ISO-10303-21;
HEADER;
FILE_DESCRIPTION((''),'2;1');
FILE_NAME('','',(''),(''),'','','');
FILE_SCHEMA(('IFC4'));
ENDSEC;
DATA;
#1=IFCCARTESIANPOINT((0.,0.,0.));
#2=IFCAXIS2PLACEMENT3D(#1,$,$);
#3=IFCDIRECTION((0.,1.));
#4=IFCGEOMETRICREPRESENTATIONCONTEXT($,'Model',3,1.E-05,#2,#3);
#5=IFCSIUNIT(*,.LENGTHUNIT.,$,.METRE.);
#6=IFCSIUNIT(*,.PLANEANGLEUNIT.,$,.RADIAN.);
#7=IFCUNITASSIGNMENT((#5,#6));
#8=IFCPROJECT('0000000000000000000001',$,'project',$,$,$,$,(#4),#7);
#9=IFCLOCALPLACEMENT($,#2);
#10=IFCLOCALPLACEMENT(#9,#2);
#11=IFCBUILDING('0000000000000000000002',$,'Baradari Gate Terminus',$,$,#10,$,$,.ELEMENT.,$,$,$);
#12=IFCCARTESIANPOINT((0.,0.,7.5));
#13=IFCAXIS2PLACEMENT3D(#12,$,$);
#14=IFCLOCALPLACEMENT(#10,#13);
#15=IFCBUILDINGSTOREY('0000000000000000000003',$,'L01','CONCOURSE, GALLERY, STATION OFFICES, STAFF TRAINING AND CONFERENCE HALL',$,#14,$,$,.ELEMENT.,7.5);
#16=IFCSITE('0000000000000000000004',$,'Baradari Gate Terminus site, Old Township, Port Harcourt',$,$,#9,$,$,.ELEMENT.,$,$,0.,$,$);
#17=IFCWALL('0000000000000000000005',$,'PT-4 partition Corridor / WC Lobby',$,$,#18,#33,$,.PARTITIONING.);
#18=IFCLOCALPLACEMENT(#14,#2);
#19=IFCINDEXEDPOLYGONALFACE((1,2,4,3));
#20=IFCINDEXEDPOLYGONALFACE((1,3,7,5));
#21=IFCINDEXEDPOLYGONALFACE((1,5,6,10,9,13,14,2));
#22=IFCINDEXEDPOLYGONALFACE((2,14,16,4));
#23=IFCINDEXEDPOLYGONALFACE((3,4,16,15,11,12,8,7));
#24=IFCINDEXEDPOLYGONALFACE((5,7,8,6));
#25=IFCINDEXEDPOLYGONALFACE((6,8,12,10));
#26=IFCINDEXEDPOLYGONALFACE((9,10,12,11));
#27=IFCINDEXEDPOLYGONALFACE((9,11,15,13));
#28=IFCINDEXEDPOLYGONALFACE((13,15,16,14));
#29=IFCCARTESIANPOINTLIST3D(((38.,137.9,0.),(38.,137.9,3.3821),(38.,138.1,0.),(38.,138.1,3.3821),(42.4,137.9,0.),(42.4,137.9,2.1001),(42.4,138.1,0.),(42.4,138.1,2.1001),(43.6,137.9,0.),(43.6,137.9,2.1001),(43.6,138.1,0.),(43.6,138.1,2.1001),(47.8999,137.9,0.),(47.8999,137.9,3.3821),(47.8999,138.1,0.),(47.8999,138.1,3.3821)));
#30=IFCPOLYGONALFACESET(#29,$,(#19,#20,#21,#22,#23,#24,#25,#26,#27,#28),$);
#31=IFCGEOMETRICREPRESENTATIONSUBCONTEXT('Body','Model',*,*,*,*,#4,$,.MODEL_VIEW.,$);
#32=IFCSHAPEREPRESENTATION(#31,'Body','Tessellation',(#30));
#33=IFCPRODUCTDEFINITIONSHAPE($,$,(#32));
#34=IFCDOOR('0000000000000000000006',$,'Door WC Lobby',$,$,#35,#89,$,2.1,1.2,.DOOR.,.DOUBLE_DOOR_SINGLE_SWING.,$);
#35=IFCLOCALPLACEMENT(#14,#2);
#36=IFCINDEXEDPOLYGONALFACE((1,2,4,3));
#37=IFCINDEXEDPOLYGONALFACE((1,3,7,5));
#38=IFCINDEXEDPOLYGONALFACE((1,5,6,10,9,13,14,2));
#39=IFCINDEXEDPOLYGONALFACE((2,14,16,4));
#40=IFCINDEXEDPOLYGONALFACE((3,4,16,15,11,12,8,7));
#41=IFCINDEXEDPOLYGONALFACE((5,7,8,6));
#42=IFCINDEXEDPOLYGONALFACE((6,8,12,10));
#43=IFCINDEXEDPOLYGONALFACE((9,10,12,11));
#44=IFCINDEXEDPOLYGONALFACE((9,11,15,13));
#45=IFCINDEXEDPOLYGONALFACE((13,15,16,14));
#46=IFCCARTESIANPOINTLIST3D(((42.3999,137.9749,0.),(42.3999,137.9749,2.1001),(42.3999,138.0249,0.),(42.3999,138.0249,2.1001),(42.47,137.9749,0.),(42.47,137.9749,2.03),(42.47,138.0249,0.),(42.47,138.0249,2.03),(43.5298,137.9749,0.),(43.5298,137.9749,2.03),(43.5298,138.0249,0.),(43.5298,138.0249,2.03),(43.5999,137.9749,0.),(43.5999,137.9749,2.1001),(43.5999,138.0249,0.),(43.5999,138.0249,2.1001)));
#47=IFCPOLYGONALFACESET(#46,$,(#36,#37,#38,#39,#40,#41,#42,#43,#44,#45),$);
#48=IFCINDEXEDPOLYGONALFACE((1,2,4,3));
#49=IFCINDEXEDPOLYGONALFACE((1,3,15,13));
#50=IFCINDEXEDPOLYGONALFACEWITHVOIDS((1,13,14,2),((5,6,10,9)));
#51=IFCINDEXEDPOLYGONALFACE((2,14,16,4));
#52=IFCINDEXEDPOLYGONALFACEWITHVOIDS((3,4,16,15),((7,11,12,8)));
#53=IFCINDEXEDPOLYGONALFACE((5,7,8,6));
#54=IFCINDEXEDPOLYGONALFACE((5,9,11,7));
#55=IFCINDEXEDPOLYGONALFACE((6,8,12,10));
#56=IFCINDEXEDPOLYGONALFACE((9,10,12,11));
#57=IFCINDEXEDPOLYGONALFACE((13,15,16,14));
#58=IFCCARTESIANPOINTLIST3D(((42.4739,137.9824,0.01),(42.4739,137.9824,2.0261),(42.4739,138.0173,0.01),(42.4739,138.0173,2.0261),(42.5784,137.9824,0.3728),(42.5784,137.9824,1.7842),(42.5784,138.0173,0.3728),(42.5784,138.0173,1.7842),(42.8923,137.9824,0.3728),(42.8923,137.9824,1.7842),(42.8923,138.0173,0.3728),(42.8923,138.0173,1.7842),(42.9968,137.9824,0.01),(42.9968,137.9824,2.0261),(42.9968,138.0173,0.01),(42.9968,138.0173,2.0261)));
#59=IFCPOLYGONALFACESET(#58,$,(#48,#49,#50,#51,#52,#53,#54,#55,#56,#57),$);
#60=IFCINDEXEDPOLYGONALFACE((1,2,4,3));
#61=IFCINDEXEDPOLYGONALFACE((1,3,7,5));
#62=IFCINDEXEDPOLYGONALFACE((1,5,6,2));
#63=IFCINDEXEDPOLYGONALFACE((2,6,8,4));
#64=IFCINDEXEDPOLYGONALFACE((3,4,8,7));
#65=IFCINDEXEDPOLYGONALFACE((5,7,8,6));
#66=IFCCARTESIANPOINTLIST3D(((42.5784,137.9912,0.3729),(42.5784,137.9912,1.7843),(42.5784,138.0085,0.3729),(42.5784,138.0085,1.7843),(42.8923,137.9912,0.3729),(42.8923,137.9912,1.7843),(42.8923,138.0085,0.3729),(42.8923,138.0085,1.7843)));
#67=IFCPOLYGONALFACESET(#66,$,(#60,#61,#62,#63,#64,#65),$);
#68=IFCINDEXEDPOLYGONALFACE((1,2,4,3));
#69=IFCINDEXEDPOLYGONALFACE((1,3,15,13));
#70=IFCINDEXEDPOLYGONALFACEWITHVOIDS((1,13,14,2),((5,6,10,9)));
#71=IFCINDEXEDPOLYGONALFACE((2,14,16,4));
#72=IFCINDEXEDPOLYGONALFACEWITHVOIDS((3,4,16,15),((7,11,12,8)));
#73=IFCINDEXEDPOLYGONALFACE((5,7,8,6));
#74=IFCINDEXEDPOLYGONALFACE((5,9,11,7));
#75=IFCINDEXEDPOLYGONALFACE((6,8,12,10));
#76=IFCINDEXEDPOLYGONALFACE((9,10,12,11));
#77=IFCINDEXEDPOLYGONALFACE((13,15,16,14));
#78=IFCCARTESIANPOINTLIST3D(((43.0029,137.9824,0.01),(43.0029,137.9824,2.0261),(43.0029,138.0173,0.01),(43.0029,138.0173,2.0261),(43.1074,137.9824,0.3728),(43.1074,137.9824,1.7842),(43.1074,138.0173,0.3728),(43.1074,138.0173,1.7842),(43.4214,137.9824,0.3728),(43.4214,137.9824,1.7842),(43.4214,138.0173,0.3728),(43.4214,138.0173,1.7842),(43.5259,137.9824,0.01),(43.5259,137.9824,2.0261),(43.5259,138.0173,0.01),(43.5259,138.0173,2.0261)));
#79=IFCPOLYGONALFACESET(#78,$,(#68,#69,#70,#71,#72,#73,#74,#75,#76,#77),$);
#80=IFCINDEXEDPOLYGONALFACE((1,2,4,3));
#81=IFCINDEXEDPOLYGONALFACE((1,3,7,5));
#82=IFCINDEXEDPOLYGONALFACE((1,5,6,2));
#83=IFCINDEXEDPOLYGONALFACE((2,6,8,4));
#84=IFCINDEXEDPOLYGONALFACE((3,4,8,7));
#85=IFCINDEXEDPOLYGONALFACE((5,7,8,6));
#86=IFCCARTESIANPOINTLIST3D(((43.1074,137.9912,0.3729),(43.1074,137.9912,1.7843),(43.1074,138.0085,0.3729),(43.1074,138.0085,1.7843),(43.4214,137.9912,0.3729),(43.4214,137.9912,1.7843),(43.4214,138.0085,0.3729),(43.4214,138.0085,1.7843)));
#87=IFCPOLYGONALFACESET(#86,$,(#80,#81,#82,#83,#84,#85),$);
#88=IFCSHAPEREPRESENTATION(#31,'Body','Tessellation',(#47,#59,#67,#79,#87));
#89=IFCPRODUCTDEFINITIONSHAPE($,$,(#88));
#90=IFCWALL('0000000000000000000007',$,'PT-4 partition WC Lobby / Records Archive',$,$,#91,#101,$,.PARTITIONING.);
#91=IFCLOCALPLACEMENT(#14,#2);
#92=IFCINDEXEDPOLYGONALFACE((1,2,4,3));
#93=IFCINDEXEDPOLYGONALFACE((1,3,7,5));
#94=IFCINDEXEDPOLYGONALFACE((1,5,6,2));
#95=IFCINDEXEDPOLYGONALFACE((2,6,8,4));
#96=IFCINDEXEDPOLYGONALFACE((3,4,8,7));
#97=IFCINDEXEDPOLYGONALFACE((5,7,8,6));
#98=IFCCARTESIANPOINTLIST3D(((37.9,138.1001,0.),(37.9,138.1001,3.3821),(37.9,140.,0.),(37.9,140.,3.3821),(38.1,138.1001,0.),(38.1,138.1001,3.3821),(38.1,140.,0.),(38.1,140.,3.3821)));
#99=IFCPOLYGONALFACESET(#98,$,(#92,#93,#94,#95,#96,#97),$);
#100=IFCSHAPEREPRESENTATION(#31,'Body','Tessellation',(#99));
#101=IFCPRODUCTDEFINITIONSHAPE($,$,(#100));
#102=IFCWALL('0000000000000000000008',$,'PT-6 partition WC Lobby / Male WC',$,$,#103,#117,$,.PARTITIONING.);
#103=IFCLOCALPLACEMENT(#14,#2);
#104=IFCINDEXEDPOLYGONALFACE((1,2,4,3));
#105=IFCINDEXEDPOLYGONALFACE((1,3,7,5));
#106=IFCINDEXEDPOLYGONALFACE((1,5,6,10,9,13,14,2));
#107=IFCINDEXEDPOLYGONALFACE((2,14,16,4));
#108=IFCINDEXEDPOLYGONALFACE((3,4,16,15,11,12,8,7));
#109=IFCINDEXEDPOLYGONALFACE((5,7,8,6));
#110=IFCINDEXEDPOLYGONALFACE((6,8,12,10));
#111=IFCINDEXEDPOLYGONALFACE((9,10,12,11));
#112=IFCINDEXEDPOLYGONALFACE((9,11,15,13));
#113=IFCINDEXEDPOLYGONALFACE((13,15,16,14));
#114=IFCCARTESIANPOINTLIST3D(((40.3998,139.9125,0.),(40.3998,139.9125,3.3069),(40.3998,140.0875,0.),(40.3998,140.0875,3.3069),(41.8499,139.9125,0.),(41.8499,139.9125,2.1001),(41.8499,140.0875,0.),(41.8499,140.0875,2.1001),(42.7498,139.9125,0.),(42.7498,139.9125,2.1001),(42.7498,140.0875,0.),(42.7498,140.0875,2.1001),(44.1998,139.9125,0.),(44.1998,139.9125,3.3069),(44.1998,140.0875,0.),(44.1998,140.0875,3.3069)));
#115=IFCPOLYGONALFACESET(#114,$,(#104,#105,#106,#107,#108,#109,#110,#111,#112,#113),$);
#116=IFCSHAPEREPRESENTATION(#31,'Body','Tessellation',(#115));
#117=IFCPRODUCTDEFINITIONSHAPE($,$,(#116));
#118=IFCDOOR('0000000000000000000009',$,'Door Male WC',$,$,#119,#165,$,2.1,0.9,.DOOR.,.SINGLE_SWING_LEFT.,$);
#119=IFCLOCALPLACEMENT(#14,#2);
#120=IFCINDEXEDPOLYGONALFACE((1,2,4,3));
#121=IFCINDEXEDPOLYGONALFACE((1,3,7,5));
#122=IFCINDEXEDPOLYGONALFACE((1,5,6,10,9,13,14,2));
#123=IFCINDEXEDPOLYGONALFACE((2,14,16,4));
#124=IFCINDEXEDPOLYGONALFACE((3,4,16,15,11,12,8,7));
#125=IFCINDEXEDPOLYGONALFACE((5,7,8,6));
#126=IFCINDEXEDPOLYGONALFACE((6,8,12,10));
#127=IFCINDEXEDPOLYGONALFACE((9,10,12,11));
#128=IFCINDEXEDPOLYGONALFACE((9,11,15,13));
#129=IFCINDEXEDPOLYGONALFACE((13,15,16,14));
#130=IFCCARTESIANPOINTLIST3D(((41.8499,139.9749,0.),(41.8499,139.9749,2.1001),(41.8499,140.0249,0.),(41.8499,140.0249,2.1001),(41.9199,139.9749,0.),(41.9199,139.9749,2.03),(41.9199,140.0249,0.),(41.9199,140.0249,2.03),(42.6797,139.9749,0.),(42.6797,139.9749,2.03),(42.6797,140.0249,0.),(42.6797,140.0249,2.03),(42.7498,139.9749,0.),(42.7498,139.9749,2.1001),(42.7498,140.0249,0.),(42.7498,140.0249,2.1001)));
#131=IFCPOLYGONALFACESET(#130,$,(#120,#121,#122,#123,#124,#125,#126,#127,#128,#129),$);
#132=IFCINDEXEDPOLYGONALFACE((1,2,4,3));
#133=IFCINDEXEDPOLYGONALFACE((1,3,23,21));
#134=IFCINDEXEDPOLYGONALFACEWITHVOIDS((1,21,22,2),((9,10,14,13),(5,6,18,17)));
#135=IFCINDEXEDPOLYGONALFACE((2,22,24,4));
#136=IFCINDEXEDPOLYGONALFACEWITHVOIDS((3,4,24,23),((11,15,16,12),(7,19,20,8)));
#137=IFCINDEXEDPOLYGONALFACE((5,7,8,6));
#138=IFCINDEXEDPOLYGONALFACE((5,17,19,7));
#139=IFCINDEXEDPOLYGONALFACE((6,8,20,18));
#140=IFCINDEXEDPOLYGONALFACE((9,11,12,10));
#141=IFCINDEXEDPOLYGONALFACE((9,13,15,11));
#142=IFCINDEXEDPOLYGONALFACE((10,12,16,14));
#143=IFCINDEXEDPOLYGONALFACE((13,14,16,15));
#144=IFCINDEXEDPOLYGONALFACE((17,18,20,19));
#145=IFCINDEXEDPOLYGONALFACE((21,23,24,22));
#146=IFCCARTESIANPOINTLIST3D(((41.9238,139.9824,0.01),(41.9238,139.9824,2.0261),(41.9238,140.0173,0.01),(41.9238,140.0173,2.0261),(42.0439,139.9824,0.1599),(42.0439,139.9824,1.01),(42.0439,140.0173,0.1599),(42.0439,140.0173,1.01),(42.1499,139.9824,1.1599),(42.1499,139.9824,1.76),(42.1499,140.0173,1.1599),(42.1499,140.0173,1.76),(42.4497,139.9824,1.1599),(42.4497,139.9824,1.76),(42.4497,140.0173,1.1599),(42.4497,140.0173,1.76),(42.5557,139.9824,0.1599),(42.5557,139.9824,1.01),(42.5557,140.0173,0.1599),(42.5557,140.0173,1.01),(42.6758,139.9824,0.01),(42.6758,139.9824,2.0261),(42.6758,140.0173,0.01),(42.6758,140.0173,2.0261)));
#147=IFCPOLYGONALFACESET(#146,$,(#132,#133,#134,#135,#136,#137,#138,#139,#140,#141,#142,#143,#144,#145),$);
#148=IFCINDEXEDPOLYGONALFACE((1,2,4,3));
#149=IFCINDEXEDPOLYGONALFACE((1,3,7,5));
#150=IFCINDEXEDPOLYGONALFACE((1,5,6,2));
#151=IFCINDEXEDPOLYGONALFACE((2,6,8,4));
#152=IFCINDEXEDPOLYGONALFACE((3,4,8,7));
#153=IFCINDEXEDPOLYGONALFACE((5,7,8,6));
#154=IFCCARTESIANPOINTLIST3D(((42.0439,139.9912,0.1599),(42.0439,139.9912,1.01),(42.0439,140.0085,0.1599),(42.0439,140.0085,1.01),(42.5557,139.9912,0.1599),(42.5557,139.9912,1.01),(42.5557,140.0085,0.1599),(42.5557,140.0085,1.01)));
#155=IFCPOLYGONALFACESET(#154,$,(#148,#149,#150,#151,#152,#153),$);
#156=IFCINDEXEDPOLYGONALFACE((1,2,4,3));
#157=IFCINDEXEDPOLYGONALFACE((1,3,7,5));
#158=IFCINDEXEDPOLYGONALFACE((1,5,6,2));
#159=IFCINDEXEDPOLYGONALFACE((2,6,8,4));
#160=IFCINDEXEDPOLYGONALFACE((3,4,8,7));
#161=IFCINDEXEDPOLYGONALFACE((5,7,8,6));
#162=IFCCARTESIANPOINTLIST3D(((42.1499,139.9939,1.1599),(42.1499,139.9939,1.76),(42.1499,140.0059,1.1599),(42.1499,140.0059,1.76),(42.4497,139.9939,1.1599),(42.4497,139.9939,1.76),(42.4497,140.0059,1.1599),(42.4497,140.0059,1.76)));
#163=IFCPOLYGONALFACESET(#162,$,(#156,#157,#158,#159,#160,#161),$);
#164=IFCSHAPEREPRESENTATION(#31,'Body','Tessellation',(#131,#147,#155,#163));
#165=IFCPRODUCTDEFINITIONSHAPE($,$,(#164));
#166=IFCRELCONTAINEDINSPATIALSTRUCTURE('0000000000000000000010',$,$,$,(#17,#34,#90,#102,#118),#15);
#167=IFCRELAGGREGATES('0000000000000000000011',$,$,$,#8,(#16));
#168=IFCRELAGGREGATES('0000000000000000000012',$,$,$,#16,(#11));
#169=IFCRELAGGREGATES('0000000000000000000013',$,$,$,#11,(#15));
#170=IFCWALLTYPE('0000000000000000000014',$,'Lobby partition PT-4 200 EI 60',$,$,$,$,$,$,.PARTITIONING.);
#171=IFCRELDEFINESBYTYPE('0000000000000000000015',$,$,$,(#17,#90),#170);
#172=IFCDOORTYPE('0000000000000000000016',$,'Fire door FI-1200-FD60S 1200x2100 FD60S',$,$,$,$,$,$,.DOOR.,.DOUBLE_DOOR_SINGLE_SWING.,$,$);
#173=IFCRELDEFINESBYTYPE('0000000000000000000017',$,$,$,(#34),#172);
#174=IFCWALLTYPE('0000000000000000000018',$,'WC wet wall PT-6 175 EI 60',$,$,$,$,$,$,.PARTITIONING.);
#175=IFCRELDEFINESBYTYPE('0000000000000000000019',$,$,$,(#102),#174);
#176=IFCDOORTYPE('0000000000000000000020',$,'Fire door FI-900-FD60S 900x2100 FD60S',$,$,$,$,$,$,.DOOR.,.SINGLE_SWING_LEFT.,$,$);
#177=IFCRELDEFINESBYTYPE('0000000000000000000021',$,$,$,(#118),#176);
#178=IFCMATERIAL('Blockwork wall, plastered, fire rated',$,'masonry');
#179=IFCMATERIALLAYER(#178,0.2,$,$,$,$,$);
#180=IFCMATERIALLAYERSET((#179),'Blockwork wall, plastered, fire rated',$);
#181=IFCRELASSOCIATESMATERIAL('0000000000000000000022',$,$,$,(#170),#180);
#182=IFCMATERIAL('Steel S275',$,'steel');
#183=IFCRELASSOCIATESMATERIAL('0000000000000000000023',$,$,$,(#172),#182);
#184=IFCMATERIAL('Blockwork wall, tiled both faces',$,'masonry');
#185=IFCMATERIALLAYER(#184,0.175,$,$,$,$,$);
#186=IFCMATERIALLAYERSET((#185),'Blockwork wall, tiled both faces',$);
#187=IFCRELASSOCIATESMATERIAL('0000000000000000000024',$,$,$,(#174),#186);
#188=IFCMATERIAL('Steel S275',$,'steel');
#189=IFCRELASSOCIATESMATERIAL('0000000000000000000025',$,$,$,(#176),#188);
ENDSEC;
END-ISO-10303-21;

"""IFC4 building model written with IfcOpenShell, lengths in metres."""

from ifc_helpers import new_model, si_unit, direction, frame, frame_2d, origin, place, context, subcontext, project, spatial, polyline, rectangle, outline, extrude, material, layer, layer_set, type_object, element, fill, save


model = new_model("IFC4")

# Units and contexts
model_context = context("Model", 3, precision=1e-05, world=origin(), true_north=direction((0.0, 1.0)))
body_context = subcontext(model_context, "Body", "Model", "MODEL_VIEW")
ifc_project = project(units=[si_unit("LENGTHUNIT", "METRE"), si_unit("PLANEANGLEUNIT", "RADIAN")], contexts=[model_context])

# Site, building, storey
site_placement = place(None, origin())
site = spatial("IfcSite", under=ifc_project, at=site_placement, Name="Baradari Gate Terminus site, Old Township, Port Harcourt", CompositionType="ELEMENT", RefElevation=0.0)
building_placement = place(site_placement, origin())
building = spatial("IfcBuilding", under=site, at=building_placement, Name="Baradari Gate Terminus", CompositionType="ELEMENT")
storey_placement = place(building_placement, frame((0.0, 0.0, 7.5)))
storey = spatial("IfcBuildingStorey", under=building, at=storey_placement, Name="L01", Description="CONCOURSE, GALLERY, STATION OFFICES, STAFF TRAINING AND CONFERENCE HALL", CompositionType="ELEMENT", Elevation=7.5)

# Wall, opening, door
ifc_material_1 = material(Name="Blockwork wall, plastered, fire rated", Category="masonry")
ifc_layer_1 = layer(ifc_material_1, 0.2)
ifc_layer_set_1 = layer_set([ifc_layer_1], Name="Blockwork wall, plastered, fire rated")
wall_type_1 = type_object("IfcWallType", Name="Lobby partition PT-4 200 EI 60", PredefinedType="PARTITIONING", material=ifc_layer_set_1)
wall_1_placement = place(storey_placement, frame((38.0, 138.0, 0.0), z_axis=(0.0, 0.0, 1.0), x_axis=(1.0, 0.0, 0.0)))
wall_1 = element("IfcWall", 1, at=wall_1_placement, inside=storey, type_object=wall_type_1, Name="PT-4 partition Corridor / WC Lobby", PredefinedType="PARTITIONING", context=body_context, shape_type="SweptSolid", body=[
    extrude(rectangle(XDim=9.8999, YDim=0.2, at=frame_2d((4.95, 0.0))), origin(), (0.0, 0.0, 1.0), 3.3821),
])
opening_1_placement = place(wall_1_placement, frame((4.3999, 0.0, 0.0)))
opening_1 = element("IfcOpeningElement", 2, at=opening_1_placement, cuts=wall_1, PredefinedType="OPENING", context=body_context, shape_type="SweptSolid", body=[
    extrude(rectangle(XDim=1.2, YDim=2.1001, at=frame_2d((0.6001, 1.05))), frame((0.0, 0.1099, 0.0), z_axis=(0.0, -1.0, 0.0), x_axis=(1.0, 0.0, 0.0)), (0.0, 0.0, 1.0), 0.22),
])
ifc_material_2 = material(Name="Steel S275", Category="steel")
door_type_1 = type_object("IfcDoorType", Name="Fire door FI-1200-FD60S 1200x2100 FD60S", OperationType="DOUBLE_DOOR_SINGLE_SWING", PredefinedType="DOOR", material=ifc_material_2)
door_1_placement = place(opening_1_placement, origin())
door_1 = element("IfcDoor", 3, at=door_1_placement, inside=storey, type_object=door_type_1, Name="Door WC Lobby", OperationType="DOUBLE_DOOR_SINGLE_SWING", OverallHeight=2.1, OverallWidth=1.2, PredefinedType="DOOR", context=body_context, shape_type="SweptSolid", body=[
    extrude(outline(polyline([(0.0, 0.0), (0.0701, 0.0), (0.0701, 2.03), (1.1299, 2.03), (1.1299, 0.0), (1.2, 0.0), (1.2, 2.1001), (0.0, 2.1001), (0.0, 0.0)])), frame((0.0, 0.0249, 0.0), z_axis=(0.0, -1.0, 0.0), x_axis=(1.0, 0.0, 0.0)), (0.0, 0.0, 1.0), 0.05),
    extrude(outline(polyline([(0.074, 0.01), (0.5969, 0.01), (0.5969, 2.0261), (0.074, 2.0261), (0.074, 0.01)]), holes=[polyline([(0.1785, 0.3728), (0.4924, 0.3728), (0.4924, 1.7842), (0.1785, 1.7842), (0.1785, 0.3728)])]), frame((0.0, 0.0173, 0.0), z_axis=(0.0, -1.0, 0.0), x_axis=(1.0, 0.0, 0.0)), (0.0, 0.0, 1.0), 0.0349),
    extrude(rectangle(XDim=0.314, YDim=1.4114, at=frame_2d((0.3354, 1.0786))), frame((0.0, 0.0085, 0.0), z_axis=(0.0, -1.0, 0.0), x_axis=(1.0, 0.0, 0.0)), (0.0, 0.0, 1.0), 0.0173),
    extrude(outline(polyline([(0.603, 0.01), (1.126, 0.01), (1.126, 2.0261), (0.603, 2.0261), (0.603, 0.01)]), holes=[polyline([(0.7075, 0.3728), (1.0215, 0.3728), (1.0215, 1.7842), (0.7075, 1.7842), (0.7075, 0.3728)])]), frame((0.0, 0.0173, 0.0), z_axis=(0.0, -1.0, 0.0), x_axis=(1.0, 0.0, 0.0)), (0.0, 0.0, 1.0), 0.0349),
    extrude(rectangle(XDim=0.314, YDim=1.4114, at=frame_2d((0.8645, 1.0786))), frame((0.0, 0.0085, 0.0), z_axis=(0.0, -1.0, 0.0), x_axis=(1.0, 0.0, 0.0)), (0.0, 0.0, 1.0), 0.0173),
])
fill(opening_1, door_1)

# Wall
wall_2_placement = place(storey_placement, frame((38.0, 138.1001, 0.0), z_axis=(0.0, 0.0, 1.0), x_axis=(0.0, 1.0, 0.0)))
element("IfcWall", 4, at=wall_2_placement, inside=storey, type_object=wall_type_1, Name="PT-4 partition WC Lobby / Records Archive", PredefinedType="PARTITIONING", context=body_context, shape_type="SweptSolid", body=[
    extrude(rectangle(XDim=1.8999, YDim=0.2, at=frame_2d((0.95, 0.0))), origin(), (0.0, 0.0, 1.0), 3.3821),
])

# Wall, opening, door
ifc_material_3 = material(Name="Blockwork wall, tiled both faces", Category="masonry")
ifc_layer_2 = layer(ifc_material_3, 0.175)
ifc_layer_set_2 = layer_set([ifc_layer_2], Name="Blockwork wall, tiled both faces")
wall_type_2 = type_object("IfcWallType", Name="WC wet wall PT-6 175 EI 60", PredefinedType="PARTITIONING", material=ifc_layer_set_2)
wall_3_placement = place(storey_placement, frame((40.3999, 140.0, 0.0), z_axis=(0.0, 0.0, 1.0), x_axis=(1.0, 0.0, 0.0)))
wall_3 = element("IfcWall", 5, at=wall_3_placement, inside=storey, type_object=wall_type_2, Name="PT-6 partition WC Lobby / Male WC", PredefinedType="PARTITIONING", context=body_context, shape_type="SweptSolid", body=[
    extrude(rectangle(XDim=3.8, YDim=0.175, at=frame_2d((1.8999, 0.0))), origin(), (0.0, 0.0, 1.0), 3.3069),
])
opening_2_placement = place(wall_3_placement, frame((1.45, 0.0, 0.0)))
opening_2 = element("IfcOpeningElement", 6, at=opening_2_placement, cuts=wall_3, PredefinedType="OPENING", context=body_context, shape_type="SweptSolid", body=[
    extrude(rectangle(XDim=0.8999, YDim=2.1001, at=frame_2d((0.45, 1.05))), frame((0.0, 0.0974, 0.0), z_axis=(0.0, -1.0, 0.0), x_axis=(1.0, 0.0, 0.0)), (0.0, 0.0, 1.0), 0.1951),
])
ifc_material_4 = material(Name="Steel S275", Category="steel")
door_type_2 = type_object("IfcDoorType", Name="Fire door FI-900-FD60S 900x2100 FD60S", OperationType="SINGLE_SWING_LEFT", PredefinedType="DOOR", material=ifc_material_4)
door_2_placement = place(opening_2_placement, origin())
door_2 = element("IfcDoor", 7, at=door_2_placement, inside=storey, type_object=door_type_2, Name="Door Male WC", OperationType="SINGLE_SWING_LEFT", OverallHeight=2.1, OverallWidth=0.9, PredefinedType="DOOR", context=body_context, shape_type="SweptSolid", body=[
    extrude(outline(polyline([(0.0, 0.0), (0.0701, 0.0), (0.0701, 2.03), (0.8298, 2.03), (0.8298, 0.0), (0.8999, 0.0), (0.8999, 2.1001), (0.0, 2.1001), (0.0, 0.0)])), frame((0.0, 0.0249, 0.0), z_axis=(0.0, -1.0, 0.0), x_axis=(1.0, 0.0, 0.0)), (0.0, 0.0, 1.0), 0.05),
    extrude(outline(polyline([(0.074, 0.01), (0.8259, 0.01), (0.8259, 2.0261), (0.074, 2.0261), (0.074, 0.01)]), holes=[polyline([(0.1941, 0.1599), (0.7058, 0.1599), (0.7058, 1.01), (0.1941, 1.01), (0.1941, 0.1599)]), polyline([(0.3, 1.1599), (0.5999, 1.1599), (0.5999, 1.76), (0.3, 1.76), (0.3, 1.1599)])]), frame((0.0, 0.0173, 0.0), z_axis=(0.0, -1.0, 0.0), x_axis=(1.0, 0.0, 0.0)), (0.0, 0.0, 1.0), 0.0349),
    extrude(rectangle(XDim=0.5117, YDim=0.8501, at=frame_2d((0.45, 0.585))), frame((0.0, 0.0085, 0.0), z_axis=(0.0, -1.0, 0.0), x_axis=(1.0, 0.0, 0.0)), (0.0, 0.0, 1.0), 0.0173),
    extrude(rectangle(XDim=0.2998, YDim=0.6001, at=frame_2d((0.45, 1.46))), frame((0.0, 0.0059, 0.0), z_axis=(0.0, -1.0, 0.0), x_axis=(1.0, 0.0, 0.0)), (0.0, 0.0, 1.0), 0.012),
])
fill(opening_2, door_2)

save(model, "model.ifc")
